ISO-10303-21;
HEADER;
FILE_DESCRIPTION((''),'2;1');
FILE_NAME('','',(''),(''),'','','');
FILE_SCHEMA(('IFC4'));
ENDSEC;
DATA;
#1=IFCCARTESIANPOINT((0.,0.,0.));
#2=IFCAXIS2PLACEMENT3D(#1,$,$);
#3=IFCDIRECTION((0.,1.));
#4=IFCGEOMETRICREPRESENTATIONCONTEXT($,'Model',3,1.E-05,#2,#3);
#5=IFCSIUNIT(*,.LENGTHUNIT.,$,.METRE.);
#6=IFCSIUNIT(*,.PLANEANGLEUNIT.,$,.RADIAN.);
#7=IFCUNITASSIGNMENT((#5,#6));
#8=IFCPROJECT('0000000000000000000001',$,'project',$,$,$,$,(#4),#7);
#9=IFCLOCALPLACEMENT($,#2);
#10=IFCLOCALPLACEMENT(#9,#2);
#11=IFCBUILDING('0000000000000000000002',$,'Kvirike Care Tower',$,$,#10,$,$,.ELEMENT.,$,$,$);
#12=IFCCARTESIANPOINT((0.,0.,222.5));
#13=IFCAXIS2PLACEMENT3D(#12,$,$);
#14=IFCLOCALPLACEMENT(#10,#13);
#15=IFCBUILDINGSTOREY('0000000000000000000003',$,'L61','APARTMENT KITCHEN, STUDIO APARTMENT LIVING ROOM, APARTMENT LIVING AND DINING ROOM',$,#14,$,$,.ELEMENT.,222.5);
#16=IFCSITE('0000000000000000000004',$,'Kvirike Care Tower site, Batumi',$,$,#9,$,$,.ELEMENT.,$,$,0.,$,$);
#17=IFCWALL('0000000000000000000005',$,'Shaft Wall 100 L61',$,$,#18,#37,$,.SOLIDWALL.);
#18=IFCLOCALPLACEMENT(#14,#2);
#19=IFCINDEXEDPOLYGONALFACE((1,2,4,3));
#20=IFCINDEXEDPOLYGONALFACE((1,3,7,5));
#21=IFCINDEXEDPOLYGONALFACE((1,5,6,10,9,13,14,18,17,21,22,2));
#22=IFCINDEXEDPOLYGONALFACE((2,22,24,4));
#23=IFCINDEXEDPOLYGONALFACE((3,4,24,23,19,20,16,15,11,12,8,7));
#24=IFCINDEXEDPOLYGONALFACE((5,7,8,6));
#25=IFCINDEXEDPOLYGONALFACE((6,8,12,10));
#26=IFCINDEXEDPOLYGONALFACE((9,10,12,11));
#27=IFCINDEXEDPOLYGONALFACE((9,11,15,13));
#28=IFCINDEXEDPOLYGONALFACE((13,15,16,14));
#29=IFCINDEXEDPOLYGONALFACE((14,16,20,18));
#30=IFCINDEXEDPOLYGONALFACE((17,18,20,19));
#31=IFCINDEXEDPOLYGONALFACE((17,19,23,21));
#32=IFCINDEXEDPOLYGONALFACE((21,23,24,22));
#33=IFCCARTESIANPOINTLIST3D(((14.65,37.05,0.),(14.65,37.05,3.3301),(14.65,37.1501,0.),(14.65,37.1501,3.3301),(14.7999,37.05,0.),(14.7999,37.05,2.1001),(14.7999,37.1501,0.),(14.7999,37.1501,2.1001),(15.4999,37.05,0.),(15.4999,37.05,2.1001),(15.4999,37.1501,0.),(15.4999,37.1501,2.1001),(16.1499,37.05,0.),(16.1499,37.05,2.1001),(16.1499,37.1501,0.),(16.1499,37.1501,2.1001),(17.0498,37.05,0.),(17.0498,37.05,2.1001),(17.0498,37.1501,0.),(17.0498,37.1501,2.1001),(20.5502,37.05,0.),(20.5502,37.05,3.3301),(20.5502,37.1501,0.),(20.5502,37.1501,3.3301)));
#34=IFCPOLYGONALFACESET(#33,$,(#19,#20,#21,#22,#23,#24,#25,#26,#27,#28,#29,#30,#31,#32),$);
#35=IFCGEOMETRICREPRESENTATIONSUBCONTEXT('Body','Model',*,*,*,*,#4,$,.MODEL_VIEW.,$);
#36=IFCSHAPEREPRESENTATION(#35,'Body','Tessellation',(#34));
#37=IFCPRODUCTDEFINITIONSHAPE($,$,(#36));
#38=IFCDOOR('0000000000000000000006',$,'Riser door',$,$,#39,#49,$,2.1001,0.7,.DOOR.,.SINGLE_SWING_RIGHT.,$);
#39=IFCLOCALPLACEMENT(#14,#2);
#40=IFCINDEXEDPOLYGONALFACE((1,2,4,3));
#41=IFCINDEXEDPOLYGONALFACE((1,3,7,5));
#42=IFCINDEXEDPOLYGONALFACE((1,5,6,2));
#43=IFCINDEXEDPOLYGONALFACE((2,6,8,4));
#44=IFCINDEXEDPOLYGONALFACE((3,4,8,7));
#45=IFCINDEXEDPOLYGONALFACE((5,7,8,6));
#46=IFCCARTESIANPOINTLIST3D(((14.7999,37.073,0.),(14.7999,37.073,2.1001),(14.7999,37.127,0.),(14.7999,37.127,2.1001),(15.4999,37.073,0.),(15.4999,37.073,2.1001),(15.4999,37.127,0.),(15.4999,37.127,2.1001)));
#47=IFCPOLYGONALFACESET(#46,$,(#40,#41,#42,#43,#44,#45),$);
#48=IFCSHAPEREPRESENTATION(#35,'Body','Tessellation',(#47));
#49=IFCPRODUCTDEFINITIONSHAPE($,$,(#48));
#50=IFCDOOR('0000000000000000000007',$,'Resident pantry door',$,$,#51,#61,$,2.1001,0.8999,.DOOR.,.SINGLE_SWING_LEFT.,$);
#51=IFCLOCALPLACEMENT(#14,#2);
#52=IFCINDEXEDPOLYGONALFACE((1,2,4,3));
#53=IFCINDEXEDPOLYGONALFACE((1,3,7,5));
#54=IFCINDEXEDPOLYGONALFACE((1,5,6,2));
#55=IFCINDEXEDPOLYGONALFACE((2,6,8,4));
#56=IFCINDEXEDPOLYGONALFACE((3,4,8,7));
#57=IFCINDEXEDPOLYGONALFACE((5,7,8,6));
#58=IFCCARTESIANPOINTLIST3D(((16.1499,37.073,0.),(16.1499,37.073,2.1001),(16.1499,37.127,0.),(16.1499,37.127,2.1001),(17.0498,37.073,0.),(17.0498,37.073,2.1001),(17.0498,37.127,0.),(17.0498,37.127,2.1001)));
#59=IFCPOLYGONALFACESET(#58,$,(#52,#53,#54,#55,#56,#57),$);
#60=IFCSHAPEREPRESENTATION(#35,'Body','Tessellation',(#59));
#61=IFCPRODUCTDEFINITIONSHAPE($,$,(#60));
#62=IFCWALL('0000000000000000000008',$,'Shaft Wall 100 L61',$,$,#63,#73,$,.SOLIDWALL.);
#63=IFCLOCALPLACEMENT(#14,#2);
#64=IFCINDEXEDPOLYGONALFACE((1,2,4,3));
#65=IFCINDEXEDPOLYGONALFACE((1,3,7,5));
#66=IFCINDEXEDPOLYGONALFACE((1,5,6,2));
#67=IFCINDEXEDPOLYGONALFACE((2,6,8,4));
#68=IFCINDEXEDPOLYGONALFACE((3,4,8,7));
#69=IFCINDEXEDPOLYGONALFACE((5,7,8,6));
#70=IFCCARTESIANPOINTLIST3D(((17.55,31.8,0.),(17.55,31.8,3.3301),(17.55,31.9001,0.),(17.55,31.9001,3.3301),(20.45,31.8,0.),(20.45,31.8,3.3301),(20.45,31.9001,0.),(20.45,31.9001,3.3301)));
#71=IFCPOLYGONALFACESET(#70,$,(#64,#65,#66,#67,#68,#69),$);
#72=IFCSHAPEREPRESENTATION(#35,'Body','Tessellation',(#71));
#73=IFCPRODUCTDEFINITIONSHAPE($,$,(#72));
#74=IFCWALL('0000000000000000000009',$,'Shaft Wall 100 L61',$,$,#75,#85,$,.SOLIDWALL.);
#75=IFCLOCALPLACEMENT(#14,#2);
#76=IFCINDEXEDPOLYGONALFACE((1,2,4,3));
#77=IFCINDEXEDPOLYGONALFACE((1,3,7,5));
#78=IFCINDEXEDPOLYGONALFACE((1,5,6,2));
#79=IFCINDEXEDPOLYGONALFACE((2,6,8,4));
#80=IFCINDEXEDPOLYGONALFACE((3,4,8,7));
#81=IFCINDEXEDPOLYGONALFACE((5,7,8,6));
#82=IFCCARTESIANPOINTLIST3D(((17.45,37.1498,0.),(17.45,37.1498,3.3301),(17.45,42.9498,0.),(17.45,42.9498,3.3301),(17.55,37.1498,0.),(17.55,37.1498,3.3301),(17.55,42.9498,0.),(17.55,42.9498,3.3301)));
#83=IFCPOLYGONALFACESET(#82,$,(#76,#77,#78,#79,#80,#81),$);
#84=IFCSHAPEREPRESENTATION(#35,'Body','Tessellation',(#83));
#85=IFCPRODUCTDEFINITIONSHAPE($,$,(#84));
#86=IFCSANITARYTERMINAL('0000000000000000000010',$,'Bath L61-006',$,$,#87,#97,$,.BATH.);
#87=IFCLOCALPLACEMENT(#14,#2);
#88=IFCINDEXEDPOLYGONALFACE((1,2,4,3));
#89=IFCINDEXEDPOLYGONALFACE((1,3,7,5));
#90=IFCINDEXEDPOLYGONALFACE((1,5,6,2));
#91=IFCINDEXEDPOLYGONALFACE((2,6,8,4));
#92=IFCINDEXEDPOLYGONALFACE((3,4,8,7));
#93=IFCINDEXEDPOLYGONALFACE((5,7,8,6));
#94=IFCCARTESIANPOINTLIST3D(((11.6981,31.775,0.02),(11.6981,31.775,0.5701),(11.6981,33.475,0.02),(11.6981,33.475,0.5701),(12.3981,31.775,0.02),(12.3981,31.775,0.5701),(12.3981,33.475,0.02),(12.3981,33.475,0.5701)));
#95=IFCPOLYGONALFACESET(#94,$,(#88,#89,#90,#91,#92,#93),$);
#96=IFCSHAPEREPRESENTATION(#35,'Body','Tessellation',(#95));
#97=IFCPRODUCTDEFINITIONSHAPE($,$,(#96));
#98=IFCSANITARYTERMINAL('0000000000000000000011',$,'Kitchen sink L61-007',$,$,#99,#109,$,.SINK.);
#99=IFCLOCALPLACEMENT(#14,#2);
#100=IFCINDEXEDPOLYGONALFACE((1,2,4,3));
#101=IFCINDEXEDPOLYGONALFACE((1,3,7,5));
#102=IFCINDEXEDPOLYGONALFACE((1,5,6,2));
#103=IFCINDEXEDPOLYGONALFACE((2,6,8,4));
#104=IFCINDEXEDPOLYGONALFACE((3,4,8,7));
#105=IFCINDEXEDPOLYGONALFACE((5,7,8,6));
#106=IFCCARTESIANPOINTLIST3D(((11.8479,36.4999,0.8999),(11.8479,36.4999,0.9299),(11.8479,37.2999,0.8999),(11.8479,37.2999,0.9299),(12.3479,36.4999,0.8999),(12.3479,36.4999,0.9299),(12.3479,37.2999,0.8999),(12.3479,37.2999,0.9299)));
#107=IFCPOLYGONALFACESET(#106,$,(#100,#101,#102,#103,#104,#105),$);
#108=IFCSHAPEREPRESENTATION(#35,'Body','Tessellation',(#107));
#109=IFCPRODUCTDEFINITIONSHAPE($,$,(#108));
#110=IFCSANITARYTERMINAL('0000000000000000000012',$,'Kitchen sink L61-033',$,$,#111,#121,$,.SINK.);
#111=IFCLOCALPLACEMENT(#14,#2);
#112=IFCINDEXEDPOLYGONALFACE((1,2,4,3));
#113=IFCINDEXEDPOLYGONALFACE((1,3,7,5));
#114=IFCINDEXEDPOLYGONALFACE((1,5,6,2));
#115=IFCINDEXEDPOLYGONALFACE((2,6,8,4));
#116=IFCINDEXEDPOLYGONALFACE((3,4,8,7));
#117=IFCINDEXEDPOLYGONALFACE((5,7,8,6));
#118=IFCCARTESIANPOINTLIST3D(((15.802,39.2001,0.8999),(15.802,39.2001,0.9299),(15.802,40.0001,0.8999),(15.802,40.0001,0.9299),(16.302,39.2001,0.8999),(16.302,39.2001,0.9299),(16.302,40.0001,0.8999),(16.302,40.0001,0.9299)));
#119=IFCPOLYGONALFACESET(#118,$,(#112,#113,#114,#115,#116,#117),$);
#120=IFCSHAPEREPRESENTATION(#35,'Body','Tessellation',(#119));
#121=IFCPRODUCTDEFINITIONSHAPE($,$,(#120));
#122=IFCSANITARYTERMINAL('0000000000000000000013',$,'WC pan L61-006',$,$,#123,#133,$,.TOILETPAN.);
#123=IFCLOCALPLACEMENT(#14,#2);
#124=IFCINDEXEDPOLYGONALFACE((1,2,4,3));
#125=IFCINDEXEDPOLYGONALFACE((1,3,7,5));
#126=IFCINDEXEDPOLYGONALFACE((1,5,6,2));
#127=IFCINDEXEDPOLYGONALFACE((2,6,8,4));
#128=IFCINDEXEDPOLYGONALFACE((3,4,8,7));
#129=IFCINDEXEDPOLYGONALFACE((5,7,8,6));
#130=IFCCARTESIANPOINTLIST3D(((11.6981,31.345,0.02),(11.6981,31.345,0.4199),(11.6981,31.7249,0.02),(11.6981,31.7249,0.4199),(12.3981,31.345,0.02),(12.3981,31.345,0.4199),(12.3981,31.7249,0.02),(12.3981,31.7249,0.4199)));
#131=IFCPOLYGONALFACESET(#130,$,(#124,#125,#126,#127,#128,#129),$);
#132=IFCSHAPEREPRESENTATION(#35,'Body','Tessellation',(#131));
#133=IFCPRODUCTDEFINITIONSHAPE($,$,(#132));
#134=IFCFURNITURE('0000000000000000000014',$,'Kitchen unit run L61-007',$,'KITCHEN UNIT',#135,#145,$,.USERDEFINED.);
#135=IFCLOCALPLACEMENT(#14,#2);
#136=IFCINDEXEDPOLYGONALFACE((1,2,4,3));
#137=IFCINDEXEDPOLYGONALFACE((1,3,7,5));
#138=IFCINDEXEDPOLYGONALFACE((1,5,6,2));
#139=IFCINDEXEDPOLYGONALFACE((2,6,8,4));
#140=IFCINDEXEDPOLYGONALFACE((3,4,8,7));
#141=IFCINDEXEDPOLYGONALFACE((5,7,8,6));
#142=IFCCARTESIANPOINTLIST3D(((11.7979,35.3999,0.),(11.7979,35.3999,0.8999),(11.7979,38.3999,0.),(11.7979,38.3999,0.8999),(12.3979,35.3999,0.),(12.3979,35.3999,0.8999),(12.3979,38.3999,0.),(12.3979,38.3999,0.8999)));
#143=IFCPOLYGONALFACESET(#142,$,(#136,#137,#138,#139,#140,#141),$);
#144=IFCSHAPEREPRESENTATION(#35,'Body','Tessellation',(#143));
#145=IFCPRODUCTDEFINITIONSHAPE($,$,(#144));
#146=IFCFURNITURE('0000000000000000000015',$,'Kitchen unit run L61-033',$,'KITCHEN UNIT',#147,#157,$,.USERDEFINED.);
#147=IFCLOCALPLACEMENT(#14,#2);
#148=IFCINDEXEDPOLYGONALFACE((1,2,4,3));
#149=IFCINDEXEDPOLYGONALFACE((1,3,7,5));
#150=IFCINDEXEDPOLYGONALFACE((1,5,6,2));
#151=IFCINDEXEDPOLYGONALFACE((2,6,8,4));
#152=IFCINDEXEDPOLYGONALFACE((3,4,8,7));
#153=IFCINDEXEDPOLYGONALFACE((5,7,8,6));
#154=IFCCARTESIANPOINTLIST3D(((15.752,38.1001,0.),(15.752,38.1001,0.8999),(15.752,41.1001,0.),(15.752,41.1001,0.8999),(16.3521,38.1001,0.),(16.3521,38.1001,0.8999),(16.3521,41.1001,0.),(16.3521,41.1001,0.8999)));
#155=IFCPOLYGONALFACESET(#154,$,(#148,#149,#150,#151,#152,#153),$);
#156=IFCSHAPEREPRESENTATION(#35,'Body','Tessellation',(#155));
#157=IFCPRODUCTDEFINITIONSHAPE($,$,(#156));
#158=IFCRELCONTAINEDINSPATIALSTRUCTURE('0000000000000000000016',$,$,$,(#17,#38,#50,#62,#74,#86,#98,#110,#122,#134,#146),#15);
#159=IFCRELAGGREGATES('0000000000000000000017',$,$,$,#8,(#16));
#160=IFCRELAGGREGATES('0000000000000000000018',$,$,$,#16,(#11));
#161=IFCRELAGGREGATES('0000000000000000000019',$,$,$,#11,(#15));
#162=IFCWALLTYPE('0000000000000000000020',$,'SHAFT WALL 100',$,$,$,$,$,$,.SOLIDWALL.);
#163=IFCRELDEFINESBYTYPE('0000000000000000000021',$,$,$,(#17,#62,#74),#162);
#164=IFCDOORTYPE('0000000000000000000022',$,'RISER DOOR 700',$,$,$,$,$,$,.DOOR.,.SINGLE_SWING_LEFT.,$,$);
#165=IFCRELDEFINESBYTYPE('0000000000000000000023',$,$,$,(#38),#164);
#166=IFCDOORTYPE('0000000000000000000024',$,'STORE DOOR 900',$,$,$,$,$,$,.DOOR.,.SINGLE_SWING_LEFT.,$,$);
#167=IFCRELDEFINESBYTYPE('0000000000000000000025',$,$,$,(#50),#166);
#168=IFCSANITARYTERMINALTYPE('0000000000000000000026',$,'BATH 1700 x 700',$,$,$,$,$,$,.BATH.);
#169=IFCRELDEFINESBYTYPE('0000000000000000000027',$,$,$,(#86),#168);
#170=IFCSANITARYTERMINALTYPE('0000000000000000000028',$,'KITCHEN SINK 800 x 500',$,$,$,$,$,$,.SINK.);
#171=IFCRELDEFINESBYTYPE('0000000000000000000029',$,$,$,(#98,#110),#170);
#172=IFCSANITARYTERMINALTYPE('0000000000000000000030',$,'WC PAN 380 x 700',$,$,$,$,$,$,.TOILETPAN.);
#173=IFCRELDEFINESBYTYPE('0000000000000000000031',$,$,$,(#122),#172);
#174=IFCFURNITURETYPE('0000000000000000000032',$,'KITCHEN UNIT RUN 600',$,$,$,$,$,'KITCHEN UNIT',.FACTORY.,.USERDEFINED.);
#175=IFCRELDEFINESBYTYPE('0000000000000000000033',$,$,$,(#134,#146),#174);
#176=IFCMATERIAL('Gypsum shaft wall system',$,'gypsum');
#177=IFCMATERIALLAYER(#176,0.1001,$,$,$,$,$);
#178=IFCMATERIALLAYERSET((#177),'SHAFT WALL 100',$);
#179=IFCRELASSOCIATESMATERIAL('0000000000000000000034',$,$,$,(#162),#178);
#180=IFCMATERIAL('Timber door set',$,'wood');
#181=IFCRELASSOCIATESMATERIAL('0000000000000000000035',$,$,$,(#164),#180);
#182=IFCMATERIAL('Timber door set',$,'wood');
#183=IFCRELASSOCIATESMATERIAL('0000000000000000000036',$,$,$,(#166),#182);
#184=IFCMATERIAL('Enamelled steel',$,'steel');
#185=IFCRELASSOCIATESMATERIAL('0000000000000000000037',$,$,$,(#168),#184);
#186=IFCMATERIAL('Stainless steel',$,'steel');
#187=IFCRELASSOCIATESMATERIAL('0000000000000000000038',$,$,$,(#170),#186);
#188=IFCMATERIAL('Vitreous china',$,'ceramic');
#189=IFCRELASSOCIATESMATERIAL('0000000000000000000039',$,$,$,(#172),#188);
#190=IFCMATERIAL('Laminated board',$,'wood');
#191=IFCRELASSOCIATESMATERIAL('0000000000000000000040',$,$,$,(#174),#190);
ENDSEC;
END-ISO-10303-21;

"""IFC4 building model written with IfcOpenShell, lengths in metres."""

from ifc_helpers import new_model, si_unit, direction, frame, frame_2d, origin, origin_2d, place, context, subcontext, project, spatial, rectangle, extrude, material, layer, layer_set, type_object, element, fill, save


model = new_model("IFC4")

# Units and contexts
model_context = context("Model", 3, precision=1e-05, world=origin(), true_north=direction((0.0, 1.0)))
body_context = subcontext(model_context, "Body", "Model", "MODEL_VIEW")
ifc_project = project(units=[si_unit("LENGTHUNIT", "METRE"), si_unit("PLANEANGLEUNIT", "RADIAN")], contexts=[model_context])

# Site, building, storey
site_placement = place(None, origin())
site = spatial("IfcSite", under=ifc_project, at=site_placement, Name="Kvirike Care Tower site, Batumi", CompositionType="ELEMENT", RefElevation=0.0)
building_placement = place(site_placement, origin())
building = spatial("IfcBuilding", under=site, at=building_placement, Name="Kvirike Care Tower", CompositionType="ELEMENT")
storey_placement = place(building_placement, frame((0.0, 0.0, 222.5)))
storey = spatial("IfcBuildingStorey", under=building, at=storey_placement, Name="L61", Description="APARTMENT KITCHEN, STUDIO APARTMENT LIVING ROOM, APARTMENT LIVING AND DINING ROOM", CompositionType="ELEMENT", Elevation=222.5)

# Shared definitions
ifc_material_1 = material(Name="Gypsum shaft wall system", Category="gypsum")
ifc_layer_1 = layer(ifc_material_1, 0.1001)
ifc_layer_set_1 = layer_set([ifc_layer_1], Name="SHAFT WALL 100")
wall_type_1 = type_object("IfcWallType", Name="SHAFT WALL 100", PredefinedType="SOLIDWALL", material=ifc_layer_set_1)

# Shared definitions
ifc_material_2 = material(Name="Timber door set", Category="wood")
door_type_1 = type_object("IfcDoorType", Name="RISER DOOR 700", OperationType="SINGLE_SWING_LEFT", PredefinedType="DOOR", material=ifc_material_2)

# Wall, openings, doors
wall_1_placement = place(storey_placement, frame((14.6499, 37.1001, 0.0), z_axis=(0.0, 0.0, 1.0), x_axis=(1.0, 0.0, 0.0)))
wall_1 = element("IfcWall", 1, at=wall_1_placement, inside=storey, type_object=wall_type_1, Name="Shaft Wall 100 L61", PredefinedType="SOLIDWALL", context=body_context, shape_type="SweptSolid", body=[
    extrude(rectangle(XDim=5.9001, YDim=0.1001, at=frame_2d((2.9502, 0.0))), origin(), (0.0, 0.0, 1.0), 3.3301),
])
opening_1_placement = place(wall_1_placement, frame((0.1499, 0.0, 0.0)))
opening_1 = element("IfcOpeningElement", 2, at=opening_1_placement, cuts=wall_1, PredefinedType="OPENING", context=body_context, shape_type="SweptSolid", body=[
    extrude(rectangle(XDim=0.7, YDim=2.1001, at=frame_2d((0.3501, 1.05))), frame((0.0, 0.0605, 0.0), z_axis=(0.0, -1.0, 0.0), x_axis=(1.0, 0.0, 0.0)), (0.0, 0.0, 1.0), 0.1211),
])
opening_2_placement = place(wall_1_placement, frame((1.5, 0.0, 0.0)))
opening_2 = element("IfcOpeningElement", 3, at=opening_2_placement, cuts=wall_1, PredefinedType="OPENING", context=body_context, shape_type="SweptSolid", body=[
    extrude(rectangle(XDim=0.8999, YDim=2.1001, at=frame_2d((0.45, 1.05))), frame((0.0, 0.0605, 0.0), z_axis=(0.0, -1.0, 0.0), x_axis=(1.0, 0.0, 0.0)), (0.0, 0.0, 1.0), 0.1211),
])
door_1_placement = place(opening_1_placement, origin())
door_1 = element("IfcDoor", 4, at=door_1_placement, inside=storey, type_object=door_type_1, Name="Riser door", OperationType="SINGLE_SWING_RIGHT", OverallHeight=2.1001, OverallWidth=0.7, PredefinedType="DOOR", context=body_context, shape_type="SweptSolid", body=[
    extrude(rectangle(XDim=0.7, YDim=2.1001, at=frame_2d((0.3501, 1.05))), frame((0.0, 0.0269, 0.0), z_axis=(0.0, -1.0, 0.0), x_axis=(1.0, 0.0, 0.0)), (0.0, 0.0, 1.0), 0.054),
])
fill(opening_1, door_1)
ifc_material_3 = material(Name="Timber door set", Category="wood")
door_type_2 = type_object("IfcDoorType", Name="STORE DOOR 900", OperationType="SINGLE_SWING_LEFT", PredefinedType="DOOR", material=ifc_material_3)
door_2_placement = place(opening_2_placement, origin())
door_2 = element("IfcDoor", 5, at=door_2_placement, inside=storey, type_object=door_type_2, Name="Resident pantry door", OperationType="SINGLE_SWING_LEFT", OverallHeight=2.1001, OverallWidth=0.8999, PredefinedType="DOOR", context=body_context, shape_type="SweptSolid", body=[
    extrude(rectangle(XDim=0.8999, YDim=2.1001, at=frame_2d((0.45, 1.05))), frame((0.0, 0.0269, 0.0), z_axis=(0.0, -1.0, 0.0), x_axis=(1.0, 0.0, 0.0)), (0.0, 0.0, 1.0), 0.054),
])
fill(opening_2, door_2)

# Walls
wall_2_placement = place(storey_placement, frame((17.55, 31.8501, 0.0), z_axis=(0.0, 0.0, 1.0), x_axis=(1.0, 0.0, 0.0)))
element("IfcWall", 6, at=wall_2_placement, inside=storey, type_object=wall_type_1, Name="Shaft Wall 100 L61", PredefinedType="SOLIDWALL", context=body_context, shape_type="SweptSolid", body=[
    extrude(rectangle(XDim=2.8999, YDim=0.1001, at=frame_2d((1.45, 0.0))), origin(), (0.0, 0.0, 1.0), 3.3301),
])
wall_3_placement = place(storey_placement, frame((17.5, 37.1499, 0.0), z_axis=(0.0, 0.0, 1.0), x_axis=(0.0, 1.0, 0.0)))
element("IfcWall", 7, at=wall_3_placement, inside=storey, type_object=wall_type_1, Name="Shaft Wall 100 L61", PredefinedType="SOLIDWALL", context=body_context, shape_type="SweptSolid", body=[
    extrude(rectangle(XDim=5.8, YDim=0.1001, at=frame_2d((2.8999, 0.0))), origin(), (0.0, 0.0, 1.0), 3.3301),
])

# Sanitary terminals
ifc_material_4 = material(Name="Enamelled steel", Category="steel")
sanitary_terminal_type_1 = type_object("IfcSanitaryTerminalType", Name="BATH 1700 x 700", PredefinedType="BATH", material=ifc_material_4)
sanitary_terminal_1_placement = place(storey_placement, frame((12.0481, 32.625, 0.02), z_axis=(0.0, 0.0, 1.0), x_axis=(0.0, -1.0, 0.0)))
element("IfcSanitaryTerminal", 8, at=sanitary_terminal_1_placement, inside=storey, type_object=sanitary_terminal_type_1, Name="Bath L61-006", PredefinedType="BATH", context=body_context, shape_type="SweptSolid", body=[
    extrude(rectangle(XDim=1.7, YDim=0.7, at=origin_2d()), origin(), (0.0, 0.0, 1.0), 0.55),
])
ifc_material_5 = material(Name="Stainless steel", Category="steel")
sanitary_terminal_type_2 = type_object("IfcSanitaryTerminalType", Name="KITCHEN SINK 800 x 500", PredefinedType="SINK", material=ifc_material_5)
for number, where, z_axis, x_axis, name in (
    (9, (12.0979, 36.8999, 0.8999), (0.0, 0.0, 1.0), (0.0, -1.0, 0.0), "Kitchen sink L61-007"),
    (10, (16.052, 39.6001, 0.8999), (0.0, 0.0, 1.0), (0.0, 1.0, 0.0), "Kitchen sink L61-033"),
):
    element("IfcSanitaryTerminal", number, at=place(storey_placement, frame(where, z_axis=z_axis, x_axis=x_axis)), inside=storey, type_object=sanitary_terminal_type_2, Name=name, PredefinedType="SINK", context=body_context, shape_type="SweptSolid", body=[
        extrude(rectangle(XDim=0.8, YDim=0.5, at=origin_2d()), origin(), (0.0, 0.0, 1.0), 0.03),
    ])
ifc_material_6 = material(Name="Vitreous china", Category="ceramic")
sanitary_terminal_type_3 = type_object("IfcSanitaryTerminalType", Name="WC PAN 380 x 700", PredefinedType="TOILETPAN", material=ifc_material_6)
sanitary_terminal_2_placement = place(storey_placement, frame((12.0481, 31.5349, 0.02), z_axis=(0.0, 0.0, 1.0), x_axis=(0.0, -1.0, 0.0)))
element("IfcSanitaryTerminal", 11, at=sanitary_terminal_2_placement, inside=storey, type_object=sanitary_terminal_type_3, Name="WC pan L61-006", PredefinedType="TOILETPAN", context=body_context, shape_type="SweptSolid", body=[
    extrude(rectangle(XDim=0.3799, YDim=0.7, at=origin_2d()), origin(), (0.0, 0.0, 1.0), 0.3999),
])

# Furniture
ifc_material_7 = material(Name="Laminated board", Category="wood")
furniture_type = type_object("IfcFurnitureType", Name="KITCHEN UNIT RUN 600", ElementType="KITCHEN UNIT", AssemblyPlace="FACTORY", PredefinedType="USERDEFINED", material=ifc_material_7)
for number, where, z_axis, x_axis, name in (
    (12, (12.0979, 36.8999, 0.0), (0.0, 0.0, 1.0), (0.0, -1.0, 0.0), "Kitchen unit run L61-007"),
    (13, (16.052, 39.6001, 0.0), (0.0, 0.0, 1.0), (0.0, 1.0, 0.0), "Kitchen unit run L61-033"),
):
    element("IfcFurniture", number, at=place(storey_placement, frame(where, z_axis=z_axis, x_axis=x_axis)), inside=storey, type_object=furniture_type, Name=name, ObjectType="KITCHEN UNIT", PredefinedType="USERDEFINED", context=body_context, shape_type="SweptSolid", body=[
        extrude(rectangle(XDim=3.0, YDim=0.6001, at=origin_2d()), origin(), (0.0, 0.0, 1.0), 0.8999),
    ])

save(model, "model.ifc")
